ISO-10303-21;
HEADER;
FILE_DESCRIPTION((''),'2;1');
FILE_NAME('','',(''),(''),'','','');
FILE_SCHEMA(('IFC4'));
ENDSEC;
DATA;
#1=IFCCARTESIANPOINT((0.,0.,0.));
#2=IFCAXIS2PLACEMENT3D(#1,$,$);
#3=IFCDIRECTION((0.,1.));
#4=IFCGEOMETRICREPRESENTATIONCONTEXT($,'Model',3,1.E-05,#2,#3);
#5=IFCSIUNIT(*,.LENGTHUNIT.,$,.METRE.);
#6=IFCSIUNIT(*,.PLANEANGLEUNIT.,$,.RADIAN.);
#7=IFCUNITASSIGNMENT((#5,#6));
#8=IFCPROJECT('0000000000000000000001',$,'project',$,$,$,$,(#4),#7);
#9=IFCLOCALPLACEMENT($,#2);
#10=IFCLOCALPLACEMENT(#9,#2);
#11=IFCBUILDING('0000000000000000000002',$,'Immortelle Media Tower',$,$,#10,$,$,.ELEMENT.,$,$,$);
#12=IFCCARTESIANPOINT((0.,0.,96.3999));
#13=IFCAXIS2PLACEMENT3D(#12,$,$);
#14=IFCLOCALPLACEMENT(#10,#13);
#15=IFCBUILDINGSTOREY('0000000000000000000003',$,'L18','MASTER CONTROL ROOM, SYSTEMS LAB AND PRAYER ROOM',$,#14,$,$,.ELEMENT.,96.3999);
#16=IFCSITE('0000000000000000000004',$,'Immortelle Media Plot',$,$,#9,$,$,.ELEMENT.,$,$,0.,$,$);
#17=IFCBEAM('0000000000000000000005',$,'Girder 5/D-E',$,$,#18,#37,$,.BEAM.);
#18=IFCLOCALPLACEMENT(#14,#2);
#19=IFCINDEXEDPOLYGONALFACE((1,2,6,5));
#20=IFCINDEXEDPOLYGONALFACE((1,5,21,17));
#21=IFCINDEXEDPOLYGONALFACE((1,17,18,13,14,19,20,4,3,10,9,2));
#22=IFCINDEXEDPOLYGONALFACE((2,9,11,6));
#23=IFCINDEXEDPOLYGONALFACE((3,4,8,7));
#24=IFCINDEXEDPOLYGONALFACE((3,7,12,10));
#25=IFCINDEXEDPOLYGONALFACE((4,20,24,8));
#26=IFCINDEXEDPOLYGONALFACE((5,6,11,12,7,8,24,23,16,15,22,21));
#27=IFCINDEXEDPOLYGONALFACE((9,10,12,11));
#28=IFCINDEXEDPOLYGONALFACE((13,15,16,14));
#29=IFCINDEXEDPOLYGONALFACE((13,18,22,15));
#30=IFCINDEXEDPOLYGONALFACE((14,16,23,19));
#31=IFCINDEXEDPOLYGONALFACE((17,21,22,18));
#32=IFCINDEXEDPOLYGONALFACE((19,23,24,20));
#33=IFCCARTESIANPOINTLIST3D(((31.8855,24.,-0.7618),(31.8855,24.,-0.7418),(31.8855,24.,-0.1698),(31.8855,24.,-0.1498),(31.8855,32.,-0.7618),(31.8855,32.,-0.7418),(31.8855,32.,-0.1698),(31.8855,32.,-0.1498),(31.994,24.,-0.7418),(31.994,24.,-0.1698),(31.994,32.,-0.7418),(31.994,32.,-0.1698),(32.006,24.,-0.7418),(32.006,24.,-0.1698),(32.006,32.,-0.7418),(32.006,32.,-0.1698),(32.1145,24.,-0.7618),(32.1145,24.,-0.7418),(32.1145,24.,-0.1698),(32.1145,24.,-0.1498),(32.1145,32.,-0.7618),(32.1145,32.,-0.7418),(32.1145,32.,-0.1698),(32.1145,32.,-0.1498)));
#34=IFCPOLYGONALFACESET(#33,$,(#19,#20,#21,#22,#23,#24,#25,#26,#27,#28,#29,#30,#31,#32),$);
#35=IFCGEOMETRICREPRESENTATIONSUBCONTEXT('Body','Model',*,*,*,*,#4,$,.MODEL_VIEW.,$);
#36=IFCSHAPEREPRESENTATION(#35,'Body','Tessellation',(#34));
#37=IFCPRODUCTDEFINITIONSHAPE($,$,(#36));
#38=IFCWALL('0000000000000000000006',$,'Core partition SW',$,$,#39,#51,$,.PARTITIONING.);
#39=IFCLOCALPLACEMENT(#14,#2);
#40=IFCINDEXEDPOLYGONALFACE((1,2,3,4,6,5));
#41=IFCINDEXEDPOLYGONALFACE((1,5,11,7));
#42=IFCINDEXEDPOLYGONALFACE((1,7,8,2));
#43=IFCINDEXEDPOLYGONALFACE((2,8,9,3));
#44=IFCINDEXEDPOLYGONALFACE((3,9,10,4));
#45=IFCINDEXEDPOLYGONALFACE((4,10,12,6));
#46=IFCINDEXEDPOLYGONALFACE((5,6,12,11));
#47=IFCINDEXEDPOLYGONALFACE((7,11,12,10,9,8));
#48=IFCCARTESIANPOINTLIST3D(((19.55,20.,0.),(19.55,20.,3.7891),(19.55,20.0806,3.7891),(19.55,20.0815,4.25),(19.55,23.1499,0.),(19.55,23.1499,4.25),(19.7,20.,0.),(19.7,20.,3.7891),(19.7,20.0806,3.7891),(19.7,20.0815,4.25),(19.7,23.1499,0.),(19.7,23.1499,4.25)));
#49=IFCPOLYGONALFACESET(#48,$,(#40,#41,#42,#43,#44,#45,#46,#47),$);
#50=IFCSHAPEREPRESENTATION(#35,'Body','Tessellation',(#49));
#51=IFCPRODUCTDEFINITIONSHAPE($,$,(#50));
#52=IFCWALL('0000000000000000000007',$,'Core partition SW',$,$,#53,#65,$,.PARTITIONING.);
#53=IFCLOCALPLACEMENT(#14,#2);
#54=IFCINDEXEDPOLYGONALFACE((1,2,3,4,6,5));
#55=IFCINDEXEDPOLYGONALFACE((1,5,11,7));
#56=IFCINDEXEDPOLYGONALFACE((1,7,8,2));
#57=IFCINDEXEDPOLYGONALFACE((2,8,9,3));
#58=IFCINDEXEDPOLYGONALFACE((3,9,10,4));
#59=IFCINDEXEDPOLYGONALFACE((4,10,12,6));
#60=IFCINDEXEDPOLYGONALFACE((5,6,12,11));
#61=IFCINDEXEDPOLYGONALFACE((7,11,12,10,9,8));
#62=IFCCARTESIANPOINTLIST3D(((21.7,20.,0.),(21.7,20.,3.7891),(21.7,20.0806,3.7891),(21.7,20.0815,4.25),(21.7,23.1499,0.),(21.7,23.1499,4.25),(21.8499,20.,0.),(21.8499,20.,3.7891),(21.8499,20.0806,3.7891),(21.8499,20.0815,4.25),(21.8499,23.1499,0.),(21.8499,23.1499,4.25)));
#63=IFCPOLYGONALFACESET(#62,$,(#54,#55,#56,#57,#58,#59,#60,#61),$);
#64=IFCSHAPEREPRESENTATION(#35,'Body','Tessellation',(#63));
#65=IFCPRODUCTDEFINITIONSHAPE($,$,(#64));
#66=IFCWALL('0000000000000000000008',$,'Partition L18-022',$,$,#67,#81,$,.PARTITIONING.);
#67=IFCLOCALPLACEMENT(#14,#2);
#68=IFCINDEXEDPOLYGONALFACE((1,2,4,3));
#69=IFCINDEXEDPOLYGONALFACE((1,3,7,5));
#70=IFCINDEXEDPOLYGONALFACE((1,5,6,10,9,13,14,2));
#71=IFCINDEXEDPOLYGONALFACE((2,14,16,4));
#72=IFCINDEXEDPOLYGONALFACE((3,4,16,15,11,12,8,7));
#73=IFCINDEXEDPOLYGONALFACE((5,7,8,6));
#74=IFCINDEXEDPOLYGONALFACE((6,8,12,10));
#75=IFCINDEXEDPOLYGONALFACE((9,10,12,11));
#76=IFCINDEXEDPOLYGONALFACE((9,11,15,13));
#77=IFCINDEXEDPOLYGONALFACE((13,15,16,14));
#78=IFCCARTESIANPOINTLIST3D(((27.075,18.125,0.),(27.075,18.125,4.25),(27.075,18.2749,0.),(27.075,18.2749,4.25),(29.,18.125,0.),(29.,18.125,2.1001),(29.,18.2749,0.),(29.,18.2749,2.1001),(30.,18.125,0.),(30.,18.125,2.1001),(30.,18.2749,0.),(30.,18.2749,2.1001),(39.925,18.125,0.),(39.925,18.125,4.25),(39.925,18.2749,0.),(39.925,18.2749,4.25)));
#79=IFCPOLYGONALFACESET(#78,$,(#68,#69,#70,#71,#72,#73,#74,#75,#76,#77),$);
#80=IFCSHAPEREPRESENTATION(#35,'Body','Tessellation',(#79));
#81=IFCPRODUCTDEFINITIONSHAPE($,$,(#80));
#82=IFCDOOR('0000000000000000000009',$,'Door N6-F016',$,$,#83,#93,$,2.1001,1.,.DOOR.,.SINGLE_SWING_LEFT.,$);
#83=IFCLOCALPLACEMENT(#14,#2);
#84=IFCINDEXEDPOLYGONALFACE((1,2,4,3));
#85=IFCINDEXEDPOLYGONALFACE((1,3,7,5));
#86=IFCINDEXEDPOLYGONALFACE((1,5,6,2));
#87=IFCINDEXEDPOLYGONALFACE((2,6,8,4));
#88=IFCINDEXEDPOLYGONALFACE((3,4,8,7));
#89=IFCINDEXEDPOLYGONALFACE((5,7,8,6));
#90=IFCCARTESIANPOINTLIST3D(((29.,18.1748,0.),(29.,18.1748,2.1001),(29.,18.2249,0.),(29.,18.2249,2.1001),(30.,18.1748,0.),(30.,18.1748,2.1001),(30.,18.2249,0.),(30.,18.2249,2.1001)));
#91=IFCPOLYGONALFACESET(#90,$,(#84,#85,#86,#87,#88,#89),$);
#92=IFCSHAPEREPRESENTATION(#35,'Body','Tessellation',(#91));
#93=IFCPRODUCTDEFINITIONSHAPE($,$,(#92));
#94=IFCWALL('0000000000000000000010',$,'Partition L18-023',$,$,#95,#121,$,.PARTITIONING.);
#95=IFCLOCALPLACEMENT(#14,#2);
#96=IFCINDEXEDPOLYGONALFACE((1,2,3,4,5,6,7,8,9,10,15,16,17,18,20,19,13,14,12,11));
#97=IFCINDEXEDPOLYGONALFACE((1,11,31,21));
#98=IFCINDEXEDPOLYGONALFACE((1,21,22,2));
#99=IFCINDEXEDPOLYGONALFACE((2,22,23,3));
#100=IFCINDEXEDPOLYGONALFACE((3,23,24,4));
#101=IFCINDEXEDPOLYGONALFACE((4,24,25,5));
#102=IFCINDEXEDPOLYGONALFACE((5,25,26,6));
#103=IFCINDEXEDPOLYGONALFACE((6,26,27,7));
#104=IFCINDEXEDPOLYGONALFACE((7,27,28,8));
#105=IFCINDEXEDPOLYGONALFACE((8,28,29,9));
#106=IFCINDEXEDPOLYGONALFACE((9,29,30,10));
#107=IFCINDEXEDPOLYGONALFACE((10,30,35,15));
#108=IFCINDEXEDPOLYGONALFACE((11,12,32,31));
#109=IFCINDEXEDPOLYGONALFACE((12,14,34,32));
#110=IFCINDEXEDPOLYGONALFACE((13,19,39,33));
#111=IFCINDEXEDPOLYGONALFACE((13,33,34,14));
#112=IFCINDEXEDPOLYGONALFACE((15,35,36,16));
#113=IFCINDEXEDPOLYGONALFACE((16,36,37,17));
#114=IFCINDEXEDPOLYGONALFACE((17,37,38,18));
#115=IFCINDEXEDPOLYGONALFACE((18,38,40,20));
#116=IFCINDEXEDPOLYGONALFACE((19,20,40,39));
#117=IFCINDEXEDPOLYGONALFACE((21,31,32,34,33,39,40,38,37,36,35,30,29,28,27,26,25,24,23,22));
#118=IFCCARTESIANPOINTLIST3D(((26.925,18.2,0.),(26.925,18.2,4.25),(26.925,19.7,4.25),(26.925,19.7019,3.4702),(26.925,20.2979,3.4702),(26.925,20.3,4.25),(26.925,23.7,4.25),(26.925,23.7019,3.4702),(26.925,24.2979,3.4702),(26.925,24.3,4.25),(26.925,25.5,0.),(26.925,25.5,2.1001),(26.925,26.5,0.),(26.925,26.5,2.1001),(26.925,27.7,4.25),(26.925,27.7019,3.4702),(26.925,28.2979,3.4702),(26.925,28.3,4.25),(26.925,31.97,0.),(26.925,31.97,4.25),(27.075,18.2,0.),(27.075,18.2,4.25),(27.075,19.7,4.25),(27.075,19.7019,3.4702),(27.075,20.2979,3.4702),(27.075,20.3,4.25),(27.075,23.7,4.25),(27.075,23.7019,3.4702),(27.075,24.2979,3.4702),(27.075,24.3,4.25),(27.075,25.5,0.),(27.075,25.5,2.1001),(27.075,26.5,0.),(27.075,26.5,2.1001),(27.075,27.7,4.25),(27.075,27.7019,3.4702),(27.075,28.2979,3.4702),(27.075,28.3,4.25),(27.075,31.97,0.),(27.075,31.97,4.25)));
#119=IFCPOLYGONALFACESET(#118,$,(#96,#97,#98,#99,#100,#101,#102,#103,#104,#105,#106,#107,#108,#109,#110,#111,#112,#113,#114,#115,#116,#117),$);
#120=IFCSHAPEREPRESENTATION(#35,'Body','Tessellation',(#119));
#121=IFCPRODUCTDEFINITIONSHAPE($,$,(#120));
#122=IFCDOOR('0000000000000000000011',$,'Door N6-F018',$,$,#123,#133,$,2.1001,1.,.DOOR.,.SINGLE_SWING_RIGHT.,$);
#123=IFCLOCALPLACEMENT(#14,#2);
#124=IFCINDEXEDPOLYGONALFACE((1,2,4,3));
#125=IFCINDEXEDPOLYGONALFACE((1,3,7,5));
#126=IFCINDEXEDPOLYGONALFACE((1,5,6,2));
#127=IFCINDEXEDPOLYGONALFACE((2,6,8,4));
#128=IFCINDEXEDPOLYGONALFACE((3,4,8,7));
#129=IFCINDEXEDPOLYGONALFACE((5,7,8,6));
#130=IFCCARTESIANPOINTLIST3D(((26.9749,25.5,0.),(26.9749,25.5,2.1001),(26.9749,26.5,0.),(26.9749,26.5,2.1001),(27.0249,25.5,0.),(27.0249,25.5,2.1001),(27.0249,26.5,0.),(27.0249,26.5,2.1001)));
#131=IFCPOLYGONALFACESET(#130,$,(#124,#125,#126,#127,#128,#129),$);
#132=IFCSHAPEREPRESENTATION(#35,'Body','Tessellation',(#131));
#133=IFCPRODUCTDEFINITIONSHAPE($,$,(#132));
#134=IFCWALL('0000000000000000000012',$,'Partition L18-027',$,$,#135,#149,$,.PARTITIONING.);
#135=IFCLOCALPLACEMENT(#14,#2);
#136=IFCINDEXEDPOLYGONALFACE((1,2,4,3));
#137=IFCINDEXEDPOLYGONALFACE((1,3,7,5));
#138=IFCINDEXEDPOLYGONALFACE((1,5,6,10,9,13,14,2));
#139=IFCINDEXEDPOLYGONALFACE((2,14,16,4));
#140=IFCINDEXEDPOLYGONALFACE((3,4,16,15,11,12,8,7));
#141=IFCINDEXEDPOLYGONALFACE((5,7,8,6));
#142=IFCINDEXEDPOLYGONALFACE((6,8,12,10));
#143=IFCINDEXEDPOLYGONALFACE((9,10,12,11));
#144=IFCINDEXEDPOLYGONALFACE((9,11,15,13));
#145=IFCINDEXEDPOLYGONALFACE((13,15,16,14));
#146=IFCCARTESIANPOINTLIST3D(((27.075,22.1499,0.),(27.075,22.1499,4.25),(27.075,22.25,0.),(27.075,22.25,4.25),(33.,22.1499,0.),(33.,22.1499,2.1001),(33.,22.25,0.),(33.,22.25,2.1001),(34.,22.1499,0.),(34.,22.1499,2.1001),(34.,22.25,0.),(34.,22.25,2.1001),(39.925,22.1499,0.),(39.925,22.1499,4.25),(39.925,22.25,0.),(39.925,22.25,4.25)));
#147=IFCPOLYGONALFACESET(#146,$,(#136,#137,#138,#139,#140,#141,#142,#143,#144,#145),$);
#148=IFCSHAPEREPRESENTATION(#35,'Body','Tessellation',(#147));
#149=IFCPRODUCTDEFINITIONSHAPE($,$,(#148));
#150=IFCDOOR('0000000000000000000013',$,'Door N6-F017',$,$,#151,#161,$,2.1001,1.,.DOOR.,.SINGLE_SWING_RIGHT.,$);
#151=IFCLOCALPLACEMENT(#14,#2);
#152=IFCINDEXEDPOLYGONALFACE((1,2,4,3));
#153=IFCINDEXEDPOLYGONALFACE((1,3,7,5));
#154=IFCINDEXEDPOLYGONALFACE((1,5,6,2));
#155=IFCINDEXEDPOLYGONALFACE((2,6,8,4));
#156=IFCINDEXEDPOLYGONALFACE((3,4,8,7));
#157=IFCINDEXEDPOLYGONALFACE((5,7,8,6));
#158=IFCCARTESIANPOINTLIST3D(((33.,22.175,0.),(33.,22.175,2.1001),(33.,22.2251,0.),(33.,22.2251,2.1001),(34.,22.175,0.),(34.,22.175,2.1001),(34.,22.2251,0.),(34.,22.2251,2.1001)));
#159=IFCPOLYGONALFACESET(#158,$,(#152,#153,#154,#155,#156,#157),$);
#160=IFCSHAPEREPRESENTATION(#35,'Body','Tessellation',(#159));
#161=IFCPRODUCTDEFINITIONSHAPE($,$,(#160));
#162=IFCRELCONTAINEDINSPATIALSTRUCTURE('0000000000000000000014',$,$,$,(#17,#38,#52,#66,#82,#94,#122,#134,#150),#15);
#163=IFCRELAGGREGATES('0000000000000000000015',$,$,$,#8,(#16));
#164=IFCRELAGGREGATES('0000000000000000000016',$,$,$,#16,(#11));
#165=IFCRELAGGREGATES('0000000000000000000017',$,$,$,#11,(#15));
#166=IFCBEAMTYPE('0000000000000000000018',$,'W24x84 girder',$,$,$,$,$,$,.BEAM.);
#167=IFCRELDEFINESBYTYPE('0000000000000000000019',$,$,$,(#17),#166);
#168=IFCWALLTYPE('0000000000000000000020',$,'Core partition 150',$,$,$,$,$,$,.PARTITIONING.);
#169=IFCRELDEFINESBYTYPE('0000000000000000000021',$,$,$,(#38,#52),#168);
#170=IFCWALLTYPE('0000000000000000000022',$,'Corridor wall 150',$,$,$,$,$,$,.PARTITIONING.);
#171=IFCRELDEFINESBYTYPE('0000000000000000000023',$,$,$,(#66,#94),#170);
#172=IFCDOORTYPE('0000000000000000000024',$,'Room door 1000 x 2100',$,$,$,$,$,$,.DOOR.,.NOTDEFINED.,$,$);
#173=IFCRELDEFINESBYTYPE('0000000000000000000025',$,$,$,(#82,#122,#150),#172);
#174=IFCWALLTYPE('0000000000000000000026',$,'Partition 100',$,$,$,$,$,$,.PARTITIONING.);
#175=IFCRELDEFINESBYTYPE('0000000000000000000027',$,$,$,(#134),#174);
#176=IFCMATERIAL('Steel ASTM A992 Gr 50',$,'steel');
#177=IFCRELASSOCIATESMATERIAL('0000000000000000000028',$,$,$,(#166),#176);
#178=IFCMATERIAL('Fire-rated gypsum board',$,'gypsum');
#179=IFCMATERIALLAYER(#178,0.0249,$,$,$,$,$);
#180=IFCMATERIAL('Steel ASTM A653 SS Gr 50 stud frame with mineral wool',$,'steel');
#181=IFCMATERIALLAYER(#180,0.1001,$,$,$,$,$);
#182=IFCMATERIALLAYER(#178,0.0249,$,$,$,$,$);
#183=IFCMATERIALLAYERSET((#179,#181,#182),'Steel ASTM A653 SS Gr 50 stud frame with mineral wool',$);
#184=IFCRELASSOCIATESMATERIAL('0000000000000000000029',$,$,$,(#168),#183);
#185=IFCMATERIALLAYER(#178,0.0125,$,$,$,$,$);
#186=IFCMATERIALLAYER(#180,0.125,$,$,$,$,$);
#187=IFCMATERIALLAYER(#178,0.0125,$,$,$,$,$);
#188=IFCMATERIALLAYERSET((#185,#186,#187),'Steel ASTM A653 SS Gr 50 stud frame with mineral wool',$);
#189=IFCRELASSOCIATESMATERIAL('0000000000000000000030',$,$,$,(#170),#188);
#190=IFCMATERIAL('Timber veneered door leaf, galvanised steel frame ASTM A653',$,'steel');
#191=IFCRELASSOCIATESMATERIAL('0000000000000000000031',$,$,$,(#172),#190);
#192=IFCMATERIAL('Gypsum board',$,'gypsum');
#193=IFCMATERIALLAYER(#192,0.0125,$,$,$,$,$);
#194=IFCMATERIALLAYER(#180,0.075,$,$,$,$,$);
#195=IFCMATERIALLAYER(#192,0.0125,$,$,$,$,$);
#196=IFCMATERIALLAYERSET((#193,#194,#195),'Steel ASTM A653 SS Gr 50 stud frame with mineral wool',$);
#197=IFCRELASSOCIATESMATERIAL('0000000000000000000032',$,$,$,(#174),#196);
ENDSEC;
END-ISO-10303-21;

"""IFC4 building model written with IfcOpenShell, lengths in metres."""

from ifc_helpers import new_model, si_unit, direction, frame, frame_2d, origin, origin_2d, place, context, subcontext, project, spatial, polyline, rectangle, i_section, outline, extrude, material, layer, layer_set, material_profile, profile_set, type_object, element, fill, save


model = new_model("IFC4")

# Units and contexts
model_context = context("Model", 3, precision=1e-05, world=origin(), true_north=direction((0.0, 1.0)))
body_context = subcontext(model_context, "Body", "Model", "MODEL_VIEW")
ifc_project = project(units=[si_unit("LENGTHUNIT", "METRE"), si_unit("PLANEANGLEUNIT", "RADIAN")], contexts=[model_context])

# Site, building, storey
site_placement = place(None, origin())
site = spatial("IfcSite", under=ifc_project, at=site_placement, Name="Immortelle Media Plot", CompositionType="ELEMENT", RefElevation=0.0)
building_placement = place(site_placement, origin())
building = spatial("IfcBuilding", under=site, at=building_placement, Name="Immortelle Media Tower", CompositionType="ELEMENT")
storey_placement = place(building_placement, frame((0.0, 0.0, 96.3999)))
storey = spatial("IfcBuildingStorey", under=building, at=storey_placement, Name="L18", Description="MASTER CONTROL ROOM, SYSTEMS LAB AND PRAYER ROOM", CompositionType="ELEMENT", Elevation=96.3999)

# Shared definitions
ifc_material_1 = material(Name="Steel ASTM A992 Gr 50", Category="steel")

# Beam
ifc_material_profile_1 = material_profile(ifc_material_1, i_section(OverallWidth=0.229, OverallDepth=0.6121, WebThickness=0.012, FlangeThickness=0.02, at=origin_2d()), Name="W24x84")
ifc_profile_set_1 = profile_set([ifc_material_profile_1], Name="Steel ASTM A992 Gr 50")
beam_type_1 = type_object("IfcBeamType", Name="W24x84 girder", PredefinedType="BEAM", material=ifc_profile_set_1)
for number, where, z_axis, x_axis, name in (
    (1, (32.0, 24.0, -0.4558), (0.0, 1.0, 0.0), (-1.0, 0.0, 0.0), "Girder 5/D-E"),
):
    element("IfcBeam", number, at=place(storey_placement, frame(where, z_axis=z_axis, x_axis=x_axis)), inside=storey, type_object=beam_type_1, Name=name, PredefinedType="BEAM", context=body_context, shape_type="SweptSolid", body=[
        extrude(i_section(OverallWidth=0.229, OverallDepth=0.6121, WebThickness=0.012, FlangeThickness=0.02, at=origin_2d()), origin(), (0.0, 0.0, 1.0), 8.0),
    ])

# Walls
ifc_material_2 = material(Name="Fire-rated gypsum board", Category="gypsum")
ifc_layer_1 = layer(ifc_material_2, 0.0249)
ifc_material_3 = material(Name="Steel ASTM A653 SS Gr 50 stud frame with mineral wool", Category="steel")
ifc_layer_2 = layer(ifc_material_3, 0.1001)
ifc_layer_3 = layer(ifc_material_2, 0.0249)
ifc_layer_set_1 = layer_set([ifc_layer_1, ifc_layer_2, ifc_layer_3], Name="Steel ASTM A653 SS Gr 50 stud frame with mineral wool")
wall_type_1 = type_object("IfcWallType", Name="Core partition 150", PredefinedType="PARTITIONING", material=ifc_layer_set_1)
for number, where, z_axis, x_axis, name in (
    (2, (19.625, 20.0, 0.0), (0.0, 0.0, 1.0), (0.0, 1.0, 0.0), "Core partition SW"),
    (3, (21.7749, 20.0, 0.0), (0.0, 0.0, 1.0), (0.0, 1.0, 0.0), "Core partition SW"),
):
    element("IfcWall", number, at=place(storey_placement, frame(where, z_axis=z_axis, x_axis=x_axis)), inside=storey, type_object=wall_type_1, Name=name, PredefinedType="PARTITIONING", context=body_context, shape_type="SweptSolid", body=[
        extrude(outline(polyline([(0.0, 0.0), (3.1499, 0.0), (3.1499, 4.25), (0.0815, 4.25), (0.0806, 3.7891), (0.0, 3.7891), (0.0, 0.0)])), frame((0.0, 0.075, 0.0), z_axis=(0.0, -1.0, 0.0), x_axis=(1.0, 0.0, 0.0)), (0.0, 0.0, 1.0), 0.1499),
    ])

# Walls, openings, doors
ifc_layer_4 = layer(ifc_material_2, 0.0125)
ifc_layer_5 = layer(ifc_material_3, 0.125)
ifc_layer_6 = layer(ifc_material_2, 0.0125)
ifc_layer_set_2 = layer_set([ifc_layer_4, ifc_layer_5, ifc_layer_6], Name="Steel ASTM A653 SS Gr 50 stud frame with mineral wool")
wall_type_2 = type_object("IfcWallType", Name="Corridor wall 150", PredefinedType="PARTITIONING", material=ifc_layer_set_2)
wall_1_placement = place(storey_placement, frame((27.075, 18.2, 0.0), z_axis=(0.0, 0.0, 1.0), x_axis=(1.0, 0.0, 0.0)))
wall_1 = element("IfcWall", 4, at=wall_1_placement, inside=storey, type_object=wall_type_2, Name="Partition L18-022", PredefinedType="PARTITIONING", context=body_context, shape_type="SweptSolid", body=[
    extrude(rectangle(XDim=12.8501, YDim=0.1499, at=frame_2d((6.425, 0.0))), origin(), (0.0, 0.0, 1.0), 4.25),
])
opening_1_placement = place(wall_1_placement, frame((1.925, 0.0, 0.0)))
opening_1 = element("IfcOpeningElement", 5, at=opening_1_placement, cuts=wall_1, PredefinedType="OPENING", context=body_context, shape_type="SweptSolid", body=[
    extrude(rectangle(XDim=1.0, YDim=2.1001, at=frame_2d((0.5, 1.05))), frame((0.0, 0.085, 0.0), z_axis=(0.0, -1.0, 0.0), x_axis=(1.0, 0.0, 0.0)), (0.0, 0.0, 1.0), 0.1699),
])
ifc_material_4 = material(Name="Timber veneered door leaf, galvanised steel frame ASTM A653", Category="steel")
door_type = type_object("IfcDoorType", Name="Room door 1000 x 2100", OperationType="NOTDEFINED", PredefinedType="DOOR", material=ifc_material_4)
door_1_placement = place(opening_1_placement, origin())
door_1 = element("IfcDoor", 6, at=door_1_placement, inside=storey, type_object=door_type, Name="Door N6-F016", OperationType="SINGLE_SWING_LEFT", OverallHeight=2.1001, OverallWidth=1.0, PredefinedType="DOOR", context=body_context, shape_type="SweptSolid", body=[
    extrude(rectangle(XDim=1.0, YDim=2.1001, at=frame_2d((0.5, 1.05))), frame((0.0, 0.0249, 0.0), z_axis=(0.0, -1.0, 0.0), x_axis=(1.0, 0.0, 0.0)), (0.0, 0.0, 1.0), 0.05),
])
fill(opening_1, door_1)
wall_2_placement = place(storey_placement, frame((27.0, 18.2, 0.0), z_axis=(0.0, 0.0, 1.0), x_axis=(0.0, 1.0, 0.0)))
wall_2 = element("IfcWall", 7, at=wall_2_placement, inside=storey, type_object=wall_type_2, Name="Partition L18-023", PredefinedType="PARTITIONING", context=body_context, shape_type="SweptSolid", body=[
    extrude(outline(polyline([(0.0, 0.0), (13.77, 0.0), (13.77, 4.25), (10.1001, 4.25), (10.0979, 3.4702), (9.502, 3.4702), (9.5, 4.25), (6.1001, 4.25), (6.0979, 3.4702), (5.502, 3.4702), (5.5, 4.25), (2.1001, 4.25), (2.0979, 3.4702), (1.502, 3.4702), (1.5, 4.25), (0.0, 4.25), (0.0, 0.0)])), frame((0.0, 0.075, 0.0), z_axis=(0.0, -1.0, 0.0), x_axis=(1.0, 0.0, 0.0)), (0.0, 0.0, 1.0), 0.1499),
])
opening_2_placement = place(wall_2_placement, frame((8.3, 0.0, 0.0), z_axis=(0.0, 0.0, 1.0), x_axis=(-1.0, 0.0, 0.0)))
opening_2 = element("IfcOpeningElement", 8, at=opening_2_placement, cuts=wall_2, PredefinedType="OPENING", context=body_context, shape_type="SweptSolid", body=[
    extrude(rectangle(XDim=1.0, YDim=2.1001, at=frame_2d((0.5, 1.05))), frame((0.0, 0.085, 0.0), z_axis=(0.0, -1.0, 0.0), x_axis=(1.0, 0.0, 0.0)), (0.0, 0.0, 1.0), 0.1699),
])
door_2_placement = place(opening_2_placement, origin())
door_2 = element("IfcDoor", 9, at=door_2_placement, inside=storey, type_object=door_type, Name="Door N6-F018", OperationType="SINGLE_SWING_RIGHT", OverallHeight=2.1001, OverallWidth=1.0, PredefinedType="DOOR", context=body_context, shape_type="SweptSolid", body=[
    extrude(rectangle(XDim=1.0, YDim=2.1001, at=frame_2d((0.5, 1.05))), frame((0.0, 0.0249, 0.0), z_axis=(0.0, -1.0, 0.0), x_axis=(1.0, 0.0, 0.0)), (0.0, 0.0, 1.0), 0.05),
])
fill(opening_2, door_2)
ifc_material_5 = material(Name="Gypsum board", Category="gypsum")
ifc_layer_7 = layer(ifc_material_5, 0.0125)
ifc_layer_8 = layer(ifc_material_3, 0.075)
ifc_layer_9 = layer(ifc_material_5, 0.0125)
ifc_layer_set_3 = layer_set([ifc_layer_7, ifc_layer_8, ifc_layer_9], Name="Steel ASTM A653 SS Gr 50 stud frame with mineral wool")
wall_type_3 = type_object("IfcWallType", Name="Partition 100", PredefinedType="PARTITIONING", material=ifc_layer_set_3)
wall_3_placement = place(storey_placement, frame((27.075, 22.2, 0.0), z_axis=(0.0, 0.0, 1.0), x_axis=(1.0, 0.0, 0.0)))
wall_3 = element("IfcWall", 10, at=wall_3_placement, inside=storey, type_object=wall_type_3, Name="Partition L18-027", PredefinedType="PARTITIONING", context=body_context, shape_type="SweptSolid", body=[
    extrude(rectangle(XDim=12.8501, YDim=0.1001, at=frame_2d((6.425, 0.0))), origin(), (0.0, 0.0, 1.0), 4.25),
])
opening_3_placement = place(wall_3_placement, frame((6.925, 0.0, 0.0), z_axis=(0.0, 0.0, 1.0), x_axis=(-1.0, 0.0, 0.0)))
opening_3 = element("IfcOpeningElement", 11, at=opening_3_placement, cuts=wall_3, PredefinedType="OPENING", context=body_context, shape_type="SweptSolid", body=[
    extrude(rectangle(XDim=1.0, YDim=2.1001, at=frame_2d((0.5, 1.05))), frame((0.0, 0.0601, 0.0), z_axis=(0.0, -1.0, 0.0), x_axis=(1.0, 0.0, 0.0)), (0.0, 0.0, 1.0), 0.1201),
])
door_3_placement = place(opening_3_placement, origin())
door_3 = element("IfcDoor", 12, at=door_3_placement, inside=storey, type_object=door_type, Name="Door N6-F017", OperationType="SINGLE_SWING_RIGHT", OverallHeight=2.1001, OverallWidth=1.0, PredefinedType="DOOR", context=body_context, shape_type="SweptSolid", body=[
    extrude(rectangle(XDim=1.0, YDim=2.1001, at=frame_2d((0.5, 1.05))), frame((0.0, 0.0249, 0.0), z_axis=(0.0, -1.0, 0.0), x_axis=(1.0, 0.0, 0.0)), (0.0, 0.0, 1.0), 0.05),
])
fill(opening_3, door_3)

save(model, "model.ifc")
